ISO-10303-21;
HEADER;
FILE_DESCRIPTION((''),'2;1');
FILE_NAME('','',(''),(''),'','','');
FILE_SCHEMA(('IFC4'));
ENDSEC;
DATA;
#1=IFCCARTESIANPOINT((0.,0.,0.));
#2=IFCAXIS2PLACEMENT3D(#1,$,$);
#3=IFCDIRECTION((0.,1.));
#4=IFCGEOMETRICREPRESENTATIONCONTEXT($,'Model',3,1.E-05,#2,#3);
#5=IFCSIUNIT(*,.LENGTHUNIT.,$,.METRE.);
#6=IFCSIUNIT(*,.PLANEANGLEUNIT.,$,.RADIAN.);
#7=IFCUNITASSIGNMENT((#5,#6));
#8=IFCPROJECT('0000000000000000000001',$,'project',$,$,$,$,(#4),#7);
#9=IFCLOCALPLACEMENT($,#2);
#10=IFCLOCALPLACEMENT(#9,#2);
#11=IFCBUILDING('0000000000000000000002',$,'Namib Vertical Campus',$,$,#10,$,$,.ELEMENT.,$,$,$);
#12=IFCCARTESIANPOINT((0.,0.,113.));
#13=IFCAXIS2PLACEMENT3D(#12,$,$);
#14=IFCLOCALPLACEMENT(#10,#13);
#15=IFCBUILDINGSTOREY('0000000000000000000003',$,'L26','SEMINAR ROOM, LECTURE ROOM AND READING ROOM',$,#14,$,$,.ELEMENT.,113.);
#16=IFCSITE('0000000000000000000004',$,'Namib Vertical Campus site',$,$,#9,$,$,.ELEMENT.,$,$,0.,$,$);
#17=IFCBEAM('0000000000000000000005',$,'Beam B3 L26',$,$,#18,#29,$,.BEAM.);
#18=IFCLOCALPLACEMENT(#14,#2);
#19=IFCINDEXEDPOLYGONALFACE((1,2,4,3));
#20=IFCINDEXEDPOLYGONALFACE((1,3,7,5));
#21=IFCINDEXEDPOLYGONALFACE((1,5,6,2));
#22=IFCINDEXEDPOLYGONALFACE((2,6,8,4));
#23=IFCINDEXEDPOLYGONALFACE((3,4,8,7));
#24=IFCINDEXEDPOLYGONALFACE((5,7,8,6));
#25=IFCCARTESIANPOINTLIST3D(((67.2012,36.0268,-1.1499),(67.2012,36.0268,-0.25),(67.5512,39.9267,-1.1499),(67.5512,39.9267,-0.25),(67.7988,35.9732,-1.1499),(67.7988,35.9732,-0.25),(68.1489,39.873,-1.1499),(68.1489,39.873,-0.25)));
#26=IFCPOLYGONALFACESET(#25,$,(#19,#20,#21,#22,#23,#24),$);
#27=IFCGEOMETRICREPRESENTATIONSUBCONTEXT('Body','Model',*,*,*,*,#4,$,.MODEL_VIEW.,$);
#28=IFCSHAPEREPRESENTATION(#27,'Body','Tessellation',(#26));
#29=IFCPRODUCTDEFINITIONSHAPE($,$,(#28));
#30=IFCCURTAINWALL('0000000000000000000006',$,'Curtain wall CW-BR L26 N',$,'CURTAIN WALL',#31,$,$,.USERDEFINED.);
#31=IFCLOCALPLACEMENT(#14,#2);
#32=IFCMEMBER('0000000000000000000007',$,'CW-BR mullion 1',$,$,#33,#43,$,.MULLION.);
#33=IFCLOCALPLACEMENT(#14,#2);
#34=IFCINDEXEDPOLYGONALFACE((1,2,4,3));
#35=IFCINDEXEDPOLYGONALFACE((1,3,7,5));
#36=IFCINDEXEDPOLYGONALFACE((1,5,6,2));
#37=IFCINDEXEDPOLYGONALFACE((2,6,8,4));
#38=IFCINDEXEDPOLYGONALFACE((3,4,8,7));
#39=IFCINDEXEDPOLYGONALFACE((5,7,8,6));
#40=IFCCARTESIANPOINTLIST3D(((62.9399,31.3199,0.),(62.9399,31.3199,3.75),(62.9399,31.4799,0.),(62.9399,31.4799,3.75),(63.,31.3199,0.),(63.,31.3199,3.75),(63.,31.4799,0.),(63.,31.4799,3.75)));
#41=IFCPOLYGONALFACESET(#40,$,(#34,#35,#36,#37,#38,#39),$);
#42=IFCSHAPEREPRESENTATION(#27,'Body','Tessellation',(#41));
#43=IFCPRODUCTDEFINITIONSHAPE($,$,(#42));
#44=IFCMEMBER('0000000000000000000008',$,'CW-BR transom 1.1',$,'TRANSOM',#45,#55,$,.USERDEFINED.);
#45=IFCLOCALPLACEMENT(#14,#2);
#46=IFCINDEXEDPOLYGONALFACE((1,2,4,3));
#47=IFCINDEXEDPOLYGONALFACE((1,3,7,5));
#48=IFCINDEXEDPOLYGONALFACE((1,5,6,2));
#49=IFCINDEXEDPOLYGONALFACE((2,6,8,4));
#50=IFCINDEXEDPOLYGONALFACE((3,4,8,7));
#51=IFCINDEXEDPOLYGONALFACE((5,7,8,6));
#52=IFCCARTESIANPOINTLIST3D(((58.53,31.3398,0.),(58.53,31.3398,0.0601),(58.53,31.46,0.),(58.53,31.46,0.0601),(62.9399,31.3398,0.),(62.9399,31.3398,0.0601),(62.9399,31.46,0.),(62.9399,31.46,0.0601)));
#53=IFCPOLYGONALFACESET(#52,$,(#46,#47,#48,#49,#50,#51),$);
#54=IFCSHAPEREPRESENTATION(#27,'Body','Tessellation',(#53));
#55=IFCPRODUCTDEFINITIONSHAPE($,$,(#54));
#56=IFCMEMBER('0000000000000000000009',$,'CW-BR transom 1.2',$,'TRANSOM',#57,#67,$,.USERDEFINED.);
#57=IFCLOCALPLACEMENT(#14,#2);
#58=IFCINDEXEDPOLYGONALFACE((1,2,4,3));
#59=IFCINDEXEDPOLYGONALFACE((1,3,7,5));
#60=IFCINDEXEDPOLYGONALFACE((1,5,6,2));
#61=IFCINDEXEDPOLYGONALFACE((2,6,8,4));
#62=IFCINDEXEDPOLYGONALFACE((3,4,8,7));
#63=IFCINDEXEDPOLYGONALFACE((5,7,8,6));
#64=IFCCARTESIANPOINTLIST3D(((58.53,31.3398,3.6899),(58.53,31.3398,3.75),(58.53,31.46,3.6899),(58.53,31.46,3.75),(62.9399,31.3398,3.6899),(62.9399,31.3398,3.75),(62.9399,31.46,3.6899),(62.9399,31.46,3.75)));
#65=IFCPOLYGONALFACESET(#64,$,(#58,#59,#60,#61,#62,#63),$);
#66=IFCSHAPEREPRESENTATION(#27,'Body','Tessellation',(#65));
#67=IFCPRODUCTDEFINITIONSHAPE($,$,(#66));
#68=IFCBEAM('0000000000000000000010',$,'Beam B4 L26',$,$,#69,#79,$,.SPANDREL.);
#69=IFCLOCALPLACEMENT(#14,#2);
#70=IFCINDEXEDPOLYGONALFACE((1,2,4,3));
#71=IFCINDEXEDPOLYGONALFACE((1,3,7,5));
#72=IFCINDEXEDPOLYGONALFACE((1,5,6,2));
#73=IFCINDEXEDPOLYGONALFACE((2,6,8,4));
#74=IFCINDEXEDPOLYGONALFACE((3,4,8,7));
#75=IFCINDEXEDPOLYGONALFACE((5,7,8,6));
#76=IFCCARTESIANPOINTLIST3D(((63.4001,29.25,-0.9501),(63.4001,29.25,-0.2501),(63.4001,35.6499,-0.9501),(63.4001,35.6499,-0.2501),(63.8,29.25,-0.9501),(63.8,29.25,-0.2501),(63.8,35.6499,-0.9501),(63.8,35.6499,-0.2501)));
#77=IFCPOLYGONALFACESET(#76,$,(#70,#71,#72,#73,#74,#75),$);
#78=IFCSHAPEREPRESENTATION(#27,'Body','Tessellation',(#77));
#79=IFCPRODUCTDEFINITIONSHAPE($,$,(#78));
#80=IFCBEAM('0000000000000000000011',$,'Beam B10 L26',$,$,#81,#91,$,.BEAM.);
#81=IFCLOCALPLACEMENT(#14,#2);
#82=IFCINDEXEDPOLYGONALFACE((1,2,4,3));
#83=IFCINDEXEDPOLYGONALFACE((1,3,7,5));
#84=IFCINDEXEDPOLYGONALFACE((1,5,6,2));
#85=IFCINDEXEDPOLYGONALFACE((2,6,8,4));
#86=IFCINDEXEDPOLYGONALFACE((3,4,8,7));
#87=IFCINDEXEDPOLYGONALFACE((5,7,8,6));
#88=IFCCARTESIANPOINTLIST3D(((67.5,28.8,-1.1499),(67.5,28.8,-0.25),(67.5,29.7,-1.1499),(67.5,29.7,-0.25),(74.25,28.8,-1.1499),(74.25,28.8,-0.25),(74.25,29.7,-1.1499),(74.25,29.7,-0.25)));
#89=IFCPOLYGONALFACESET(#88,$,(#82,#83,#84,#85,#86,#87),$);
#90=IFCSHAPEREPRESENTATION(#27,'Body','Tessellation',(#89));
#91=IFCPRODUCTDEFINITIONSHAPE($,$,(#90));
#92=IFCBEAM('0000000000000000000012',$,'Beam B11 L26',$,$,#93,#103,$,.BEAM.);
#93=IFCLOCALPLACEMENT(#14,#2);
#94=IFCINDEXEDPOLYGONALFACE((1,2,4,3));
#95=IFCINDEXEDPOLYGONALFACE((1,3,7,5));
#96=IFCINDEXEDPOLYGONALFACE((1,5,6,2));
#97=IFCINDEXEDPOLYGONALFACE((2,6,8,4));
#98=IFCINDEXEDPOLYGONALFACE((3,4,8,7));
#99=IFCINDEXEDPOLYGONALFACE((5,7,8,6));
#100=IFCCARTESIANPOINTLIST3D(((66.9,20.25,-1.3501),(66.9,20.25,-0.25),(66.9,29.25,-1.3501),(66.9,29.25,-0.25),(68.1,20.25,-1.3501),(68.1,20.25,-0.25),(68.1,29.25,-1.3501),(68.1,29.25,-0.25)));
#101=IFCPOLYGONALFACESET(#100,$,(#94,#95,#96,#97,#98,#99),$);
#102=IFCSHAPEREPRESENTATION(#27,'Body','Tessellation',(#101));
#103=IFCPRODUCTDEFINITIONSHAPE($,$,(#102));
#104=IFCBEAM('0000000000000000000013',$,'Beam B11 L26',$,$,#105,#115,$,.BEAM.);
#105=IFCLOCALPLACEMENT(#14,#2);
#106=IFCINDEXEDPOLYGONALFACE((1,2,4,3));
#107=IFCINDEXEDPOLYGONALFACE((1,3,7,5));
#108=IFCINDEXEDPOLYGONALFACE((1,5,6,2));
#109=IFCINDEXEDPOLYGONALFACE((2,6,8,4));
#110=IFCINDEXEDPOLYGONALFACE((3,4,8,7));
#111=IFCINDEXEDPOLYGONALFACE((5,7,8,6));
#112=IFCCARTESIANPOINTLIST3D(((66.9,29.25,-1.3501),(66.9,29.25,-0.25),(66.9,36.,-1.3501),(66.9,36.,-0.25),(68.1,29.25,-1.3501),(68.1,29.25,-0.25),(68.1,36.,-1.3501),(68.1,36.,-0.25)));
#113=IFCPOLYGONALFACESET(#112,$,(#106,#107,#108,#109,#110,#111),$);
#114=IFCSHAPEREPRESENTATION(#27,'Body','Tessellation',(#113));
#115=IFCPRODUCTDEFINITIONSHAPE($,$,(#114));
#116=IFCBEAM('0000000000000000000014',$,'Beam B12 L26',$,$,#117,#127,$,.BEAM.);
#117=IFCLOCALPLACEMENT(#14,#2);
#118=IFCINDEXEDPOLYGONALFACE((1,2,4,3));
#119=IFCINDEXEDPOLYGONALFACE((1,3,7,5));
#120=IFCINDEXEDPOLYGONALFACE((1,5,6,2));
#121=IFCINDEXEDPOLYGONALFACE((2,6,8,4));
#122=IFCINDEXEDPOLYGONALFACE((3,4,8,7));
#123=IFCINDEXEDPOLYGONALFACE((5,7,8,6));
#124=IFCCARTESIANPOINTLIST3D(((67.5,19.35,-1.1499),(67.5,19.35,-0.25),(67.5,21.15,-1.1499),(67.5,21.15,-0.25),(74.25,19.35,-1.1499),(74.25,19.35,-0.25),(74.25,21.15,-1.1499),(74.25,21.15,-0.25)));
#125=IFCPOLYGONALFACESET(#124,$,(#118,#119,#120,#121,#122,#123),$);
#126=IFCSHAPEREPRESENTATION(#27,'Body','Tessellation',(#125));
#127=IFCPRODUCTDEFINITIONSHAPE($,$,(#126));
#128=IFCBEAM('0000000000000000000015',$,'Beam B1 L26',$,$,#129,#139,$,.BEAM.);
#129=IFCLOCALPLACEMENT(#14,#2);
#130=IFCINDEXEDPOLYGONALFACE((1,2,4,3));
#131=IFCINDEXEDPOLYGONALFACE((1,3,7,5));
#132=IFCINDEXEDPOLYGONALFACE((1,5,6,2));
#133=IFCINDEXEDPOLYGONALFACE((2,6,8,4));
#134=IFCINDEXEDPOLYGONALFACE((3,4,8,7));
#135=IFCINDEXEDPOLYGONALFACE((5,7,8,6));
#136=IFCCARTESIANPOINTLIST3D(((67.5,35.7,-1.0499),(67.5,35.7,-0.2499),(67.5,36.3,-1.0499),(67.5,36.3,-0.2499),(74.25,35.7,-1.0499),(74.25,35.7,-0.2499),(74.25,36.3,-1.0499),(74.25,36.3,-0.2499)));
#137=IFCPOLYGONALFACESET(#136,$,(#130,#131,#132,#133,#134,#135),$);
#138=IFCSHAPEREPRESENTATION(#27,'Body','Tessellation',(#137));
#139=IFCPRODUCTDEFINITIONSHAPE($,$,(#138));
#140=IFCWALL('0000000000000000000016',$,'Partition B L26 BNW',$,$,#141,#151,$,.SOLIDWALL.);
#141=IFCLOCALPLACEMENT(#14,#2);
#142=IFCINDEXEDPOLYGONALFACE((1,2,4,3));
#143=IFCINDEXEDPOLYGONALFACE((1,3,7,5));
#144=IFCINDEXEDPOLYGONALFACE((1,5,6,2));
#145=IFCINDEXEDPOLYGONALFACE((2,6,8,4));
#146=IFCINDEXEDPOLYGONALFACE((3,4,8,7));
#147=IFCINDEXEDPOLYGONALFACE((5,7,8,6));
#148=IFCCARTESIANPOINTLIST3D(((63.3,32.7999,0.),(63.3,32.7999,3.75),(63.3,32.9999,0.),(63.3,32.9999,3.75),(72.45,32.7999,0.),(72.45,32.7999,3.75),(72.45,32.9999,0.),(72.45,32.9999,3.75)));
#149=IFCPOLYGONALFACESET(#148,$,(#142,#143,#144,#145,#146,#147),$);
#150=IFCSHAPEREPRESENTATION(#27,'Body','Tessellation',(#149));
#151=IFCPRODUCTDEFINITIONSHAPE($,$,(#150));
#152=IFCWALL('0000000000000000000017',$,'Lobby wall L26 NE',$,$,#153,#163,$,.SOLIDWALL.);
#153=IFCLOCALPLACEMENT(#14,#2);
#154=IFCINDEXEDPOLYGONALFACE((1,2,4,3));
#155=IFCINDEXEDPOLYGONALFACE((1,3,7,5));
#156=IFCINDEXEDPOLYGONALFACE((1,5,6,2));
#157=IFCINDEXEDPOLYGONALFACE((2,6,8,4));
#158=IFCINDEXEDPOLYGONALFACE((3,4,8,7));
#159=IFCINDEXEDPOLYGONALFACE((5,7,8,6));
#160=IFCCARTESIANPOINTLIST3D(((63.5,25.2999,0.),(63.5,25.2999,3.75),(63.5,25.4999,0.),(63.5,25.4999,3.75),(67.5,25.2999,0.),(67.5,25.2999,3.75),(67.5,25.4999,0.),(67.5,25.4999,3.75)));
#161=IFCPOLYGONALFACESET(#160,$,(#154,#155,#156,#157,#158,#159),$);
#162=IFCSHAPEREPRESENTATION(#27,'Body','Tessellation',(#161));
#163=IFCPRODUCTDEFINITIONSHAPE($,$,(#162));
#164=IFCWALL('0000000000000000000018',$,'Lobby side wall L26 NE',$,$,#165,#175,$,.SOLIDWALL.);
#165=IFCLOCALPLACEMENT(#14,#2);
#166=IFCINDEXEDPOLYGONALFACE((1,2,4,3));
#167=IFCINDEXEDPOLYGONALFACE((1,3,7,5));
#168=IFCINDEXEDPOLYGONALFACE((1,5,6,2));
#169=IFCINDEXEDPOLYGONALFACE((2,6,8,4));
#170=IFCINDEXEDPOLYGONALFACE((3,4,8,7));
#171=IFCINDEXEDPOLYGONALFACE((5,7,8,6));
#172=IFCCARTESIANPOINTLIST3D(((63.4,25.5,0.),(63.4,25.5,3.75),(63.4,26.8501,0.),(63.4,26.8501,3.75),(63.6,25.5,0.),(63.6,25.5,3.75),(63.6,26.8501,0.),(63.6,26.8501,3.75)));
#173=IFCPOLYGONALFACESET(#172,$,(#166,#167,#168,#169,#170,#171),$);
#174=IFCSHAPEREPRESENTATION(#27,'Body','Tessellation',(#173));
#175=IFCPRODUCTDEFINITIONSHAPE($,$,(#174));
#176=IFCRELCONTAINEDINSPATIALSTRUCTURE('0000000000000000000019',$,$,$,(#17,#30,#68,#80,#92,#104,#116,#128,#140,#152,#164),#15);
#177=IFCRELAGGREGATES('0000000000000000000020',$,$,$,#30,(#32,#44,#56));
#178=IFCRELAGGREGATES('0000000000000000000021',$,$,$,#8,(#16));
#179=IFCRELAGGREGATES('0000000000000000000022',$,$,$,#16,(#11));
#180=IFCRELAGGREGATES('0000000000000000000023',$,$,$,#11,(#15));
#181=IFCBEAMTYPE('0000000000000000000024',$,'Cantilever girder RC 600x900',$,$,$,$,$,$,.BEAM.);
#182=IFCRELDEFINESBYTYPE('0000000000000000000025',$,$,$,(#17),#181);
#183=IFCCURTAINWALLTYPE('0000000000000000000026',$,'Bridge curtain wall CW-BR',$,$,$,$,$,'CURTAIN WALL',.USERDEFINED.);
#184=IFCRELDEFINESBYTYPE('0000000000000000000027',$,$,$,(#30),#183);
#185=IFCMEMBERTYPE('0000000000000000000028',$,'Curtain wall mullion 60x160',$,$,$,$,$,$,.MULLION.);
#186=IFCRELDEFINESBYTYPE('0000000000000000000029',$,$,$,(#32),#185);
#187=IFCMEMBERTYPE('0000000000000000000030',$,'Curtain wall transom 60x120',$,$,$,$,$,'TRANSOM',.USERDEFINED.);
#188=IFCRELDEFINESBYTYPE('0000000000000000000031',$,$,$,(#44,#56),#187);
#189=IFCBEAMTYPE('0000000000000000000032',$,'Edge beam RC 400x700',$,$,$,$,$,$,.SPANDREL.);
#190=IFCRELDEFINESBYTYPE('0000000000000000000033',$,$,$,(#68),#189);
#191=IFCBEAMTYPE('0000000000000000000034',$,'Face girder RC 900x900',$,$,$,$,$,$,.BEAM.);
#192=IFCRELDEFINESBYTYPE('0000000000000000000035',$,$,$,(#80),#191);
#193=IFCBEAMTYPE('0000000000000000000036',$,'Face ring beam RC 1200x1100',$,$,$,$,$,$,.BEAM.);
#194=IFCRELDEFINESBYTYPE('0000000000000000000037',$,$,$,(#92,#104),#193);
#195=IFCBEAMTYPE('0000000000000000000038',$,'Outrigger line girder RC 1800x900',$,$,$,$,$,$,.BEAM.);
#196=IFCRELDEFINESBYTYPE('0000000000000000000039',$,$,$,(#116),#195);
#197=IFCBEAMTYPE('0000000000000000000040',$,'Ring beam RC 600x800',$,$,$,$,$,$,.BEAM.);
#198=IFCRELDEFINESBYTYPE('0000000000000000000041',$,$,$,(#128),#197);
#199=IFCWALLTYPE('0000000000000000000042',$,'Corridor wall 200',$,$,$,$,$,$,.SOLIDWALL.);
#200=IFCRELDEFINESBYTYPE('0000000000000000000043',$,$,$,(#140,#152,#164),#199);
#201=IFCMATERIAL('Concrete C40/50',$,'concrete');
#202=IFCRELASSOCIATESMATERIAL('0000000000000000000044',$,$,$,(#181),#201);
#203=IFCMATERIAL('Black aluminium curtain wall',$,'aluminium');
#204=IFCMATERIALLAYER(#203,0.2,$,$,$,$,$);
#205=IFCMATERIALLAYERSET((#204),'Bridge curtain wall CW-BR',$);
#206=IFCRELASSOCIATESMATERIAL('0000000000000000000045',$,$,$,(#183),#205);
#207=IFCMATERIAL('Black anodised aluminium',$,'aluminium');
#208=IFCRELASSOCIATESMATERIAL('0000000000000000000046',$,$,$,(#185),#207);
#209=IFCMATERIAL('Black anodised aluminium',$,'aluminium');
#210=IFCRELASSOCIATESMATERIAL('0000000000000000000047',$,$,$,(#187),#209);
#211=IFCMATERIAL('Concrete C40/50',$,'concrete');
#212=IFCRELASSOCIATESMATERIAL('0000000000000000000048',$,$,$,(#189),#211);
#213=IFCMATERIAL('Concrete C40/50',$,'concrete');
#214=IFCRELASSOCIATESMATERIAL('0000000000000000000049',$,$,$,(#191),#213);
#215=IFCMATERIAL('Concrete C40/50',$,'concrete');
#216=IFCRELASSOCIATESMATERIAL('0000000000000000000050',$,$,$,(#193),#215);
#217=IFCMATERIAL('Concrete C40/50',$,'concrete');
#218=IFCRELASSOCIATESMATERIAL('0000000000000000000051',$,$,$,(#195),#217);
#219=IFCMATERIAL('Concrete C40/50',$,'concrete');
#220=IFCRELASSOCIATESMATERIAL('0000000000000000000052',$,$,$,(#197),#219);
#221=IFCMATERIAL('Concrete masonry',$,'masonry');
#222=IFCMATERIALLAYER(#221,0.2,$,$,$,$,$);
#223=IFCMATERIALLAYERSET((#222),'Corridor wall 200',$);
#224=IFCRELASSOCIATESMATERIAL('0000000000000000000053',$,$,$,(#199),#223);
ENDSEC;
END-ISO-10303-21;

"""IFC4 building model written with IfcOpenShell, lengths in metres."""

from ifc_helpers import new_model, si_unit, direction, frame, frame_2d, origin, origin_2d, place, context, subcontext, project, spatial, rectangle, extrude, material, layer, layer_set, material_profile, profile_set, type_object, element, aggregate, save


model = new_model("IFC4")

# Units and contexts
model_context = context("Model", 3, precision=1e-05, world=origin(), true_north=direction((0.0, 1.0)))
body_context = subcontext(model_context, "Body", "Model", "MODEL_VIEW")
ifc_project = project(units=[si_unit("LENGTHUNIT", "METRE"), si_unit("PLANEANGLEUNIT", "RADIAN")], contexts=[model_context])

# Site, building, storey
site_placement = place(None, origin())
site = spatial("IfcSite", under=ifc_project, at=site_placement, Name="Namib Vertical Campus site", CompositionType="ELEMENT", RefElevation=0.0)
building_placement = place(site_placement, origin())
building = spatial("IfcBuilding", under=site, at=building_placement, Name="Namib Vertical Campus", CompositionType="ELEMENT")
storey_placement = place(building_placement, frame((0.0, 0.0, 113.0)))
storey = spatial("IfcBuildingStorey", under=building, at=storey_placement, Name="L26", Description="SEMINAR ROOM, LECTURE ROOM AND READING ROOM", CompositionType="ELEMENT", Elevation=113.0)

# Beam
ifc_material_1 = material(Name="Concrete C40/50", Category="concrete")
ifc_material_profile_1 = material_profile(ifc_material_1, rectangle(XDim=0.6001, YDim=0.8999, at=origin_2d()))
ifc_profile_set_1 = profile_set([ifc_material_profile_1], Name="Concrete C40/50")
beam_type_1 = type_object("IfcBeamType", Name="Cantilever girder RC 600x900", PredefinedType="BEAM", material=ifc_profile_set_1)
beam_1_placement = place(storey_placement, frame((67.5, 36.0, -0.7), z_axis=(0.089411, 0.995995, 0.0), x_axis=(-0.995995, 0.089411, 0.0)))
element("IfcBeam", 1, at=beam_1_placement, inside=storey, type_object=beam_type_1, Name="Beam B3 L26", PredefinedType="BEAM", context=body_context, shape_type="SweptSolid", body=[
    extrude(rectangle(XDim=0.6001, YDim=0.8999, at=origin_2d()), origin(), (0.0, 0.0, 1.0), 3.9155),
])

# Curtain wall, members
ifc_material_2 = material(Name="Black aluminium curtain wall", Category="aluminium")
ifc_layer_1 = layer(ifc_material_2, 0.2)
ifc_layer_set_1 = layer_set([ifc_layer_1], Name="Bridge curtain wall CW-BR")
curtain_wall_type = type_object("IfcCurtainWallType", Name="Bridge curtain wall CW-BR", ElementType="CURTAIN WALL", PredefinedType="USERDEFINED", material=ifc_layer_set_1)
curtain_wall_placement = place(storey_placement, origin())
curtain_wall = element("IfcCurtainWall", 2, at=curtain_wall_placement, inside=storey, type_object=curtain_wall_type, Name="Curtain wall CW-BR L26 N", ObjectType="CURTAIN WALL", PredefinedType="USERDEFINED")
ifc_material_3 = material(Name="Black anodised aluminium", Category="aluminium")
ifc_material_profile_2 = material_profile(ifc_material_3, rectangle(XDim=0.0601, YDim=0.1599, at=origin_2d()))
ifc_profile_set_2 = profile_set([ifc_material_profile_2], Name="Black anodised aluminium")
member_type_1 = type_object("IfcMemberType", Name="Curtain wall mullion 60x160", PredefinedType="MULLION", material=ifc_profile_set_2)
member_1_placement = place(storey_placement, frame((62.97, 31.3999, 0.0), z_axis=(0.0, 0.0, 1.0), x_axis=(-1.0, 0.0, 0.0)))
member_1 = element("IfcMember", 3, at=member_1_placement, type_object=member_type_1, Name="CW-BR mullion 1", PredefinedType="MULLION", context=body_context, shape_type="SweptSolid", body=[
    extrude(rectangle(XDim=0.0601, YDim=0.1599, at=origin_2d()), origin(), (0.0, 0.0, 1.0), 3.75),
])
ifc_material_4 = material(Name="Black anodised aluminium", Category="aluminium")
ifc_material_profile_3 = material_profile(ifc_material_4, rectangle(XDim=0.0601, YDim=0.1201, at=origin_2d()))
ifc_profile_set_3 = profile_set([ifc_material_profile_3], Name="Black anodised aluminium")
member_type_2 = type_object("IfcMemberType", Name="Curtain wall transom 60x120", ElementType="TRANSOM", PredefinedType="USERDEFINED", material=ifc_profile_set_3)
member_2_placement = place(storey_placement, frame((62.9399, 31.3999, 0.03), z_axis=(-1.0, 0.0, 0.0), x_axis=(0.0, 0.0, 1.0)))
member_2 = element("IfcMember", 4, at=member_2_placement, type_object=member_type_2, Name="CW-BR transom 1.1", ObjectType="TRANSOM", PredefinedType="USERDEFINED", context=body_context, shape_type="SweptSolid", body=[
    extrude(rectangle(XDim=0.0601, YDim=0.1201, at=origin_2d()), origin(), (0.0, 0.0, 1.0), 4.4099),
])
member_3_placement = place(storey_placement, frame((62.9399, 31.3999, 3.72), z_axis=(-1.0, 0.0, 0.0), x_axis=(0.0, 0.0, 1.0)))
member_3 = element("IfcMember", 5, at=member_3_placement, type_object=member_type_2, Name="CW-BR transom 1.2", ObjectType="TRANSOM", PredefinedType="USERDEFINED", context=body_context, shape_type="SweptSolid", body=[
    extrude(rectangle(XDim=0.0601, YDim=0.1201, at=origin_2d()), origin(), (0.0, 0.0, 1.0), 4.4099),
])
aggregate(curtain_wall, [member_1, member_2, member_3])

# Beams
ifc_material_5 = material(Name="Concrete C40/50", Category="concrete")
ifc_material_profile_4 = material_profile(ifc_material_5, rectangle(XDim=0.3999, YDim=0.7, at=origin_2d()))
ifc_profile_set_4 = profile_set([ifc_material_profile_4], Name="Concrete C40/50")
beam_type_2 = type_object("IfcBeamType", Name="Edge beam RC 400x700", PredefinedType="SPANDREL", material=ifc_profile_set_4)
beam_2_placement = place(storey_placement, frame((63.6001, 29.25, -0.6001), z_axis=(0.0, 1.0, 0.0), x_axis=(-1.0, 0.0, 0.0)))
element("IfcBeam", 6, at=beam_2_placement, inside=storey, type_object=beam_type_2, Name="Beam B4 L26", PredefinedType="SPANDREL", context=body_context, shape_type="SweptSolid", body=[
    extrude(rectangle(XDim=0.3999, YDim=0.7, at=origin_2d()), origin(), (0.0, 0.0, 1.0), 6.3999),
])
ifc_material_6 = material(Name="Concrete C40/50", Category="concrete")
ifc_material_profile_5 = material_profile(ifc_material_6, rectangle(XDim=0.8999, YDim=0.8999, at=origin_2d()))
ifc_profile_set_5 = profile_set([ifc_material_profile_5], Name="Concrete C40/50")
beam_type_3 = type_object("IfcBeamType", Name="Face girder RC 900x900", PredefinedType="BEAM", material=ifc_profile_set_5)
beam_3_placement = place(storey_placement, frame((67.5, 29.25, -0.7), z_axis=(1.0, 0.0, 0.0), x_axis=(0.0, 1.0, 0.0)))
element("IfcBeam", 7, at=beam_3_placement, inside=storey, type_object=beam_type_3, Name="Beam B10 L26", PredefinedType="BEAM", context=body_context, shape_type="SweptSolid", body=[
    extrude(rectangle(XDim=0.8999, YDim=0.8999, at=origin_2d()), origin(), (0.0, 0.0, 1.0), 6.75),
])
ifc_material_7 = material(Name="Concrete C40/50", Category="concrete")
ifc_material_profile_6 = material_profile(ifc_material_7, rectangle(XDim=1.2, YDim=1.1001, at=origin_2d()))
ifc_profile_set_6 = profile_set([ifc_material_profile_6], Name="Concrete C40/50")
beam_type_4 = type_object("IfcBeamType", Name="Face ring beam RC 1200x1100", PredefinedType="BEAM", material=ifc_profile_set_6)
beam_4_placement = place(storey_placement, frame((67.5, 20.25, -0.8), z_axis=(0.0, 1.0, 0.0), x_axis=(-1.0, 0.0, 0.0)))
element("IfcBeam", 8, at=beam_4_placement, inside=storey, type_object=beam_type_4, Name="Beam B11 L26", PredefinedType="BEAM", context=body_context, shape_type="SweptSolid", body=[
    extrude(rectangle(XDim=1.2, YDim=1.1001, at=origin_2d()), origin(), (0.0, 0.0, 1.0), 9.0),
])
beam_5_placement = place(storey_placement, frame((67.5, 29.25, -0.8), z_axis=(0.0, 1.0, 0.0), x_axis=(-1.0, 0.0, 0.0)))
element("IfcBeam", 9, at=beam_5_placement, inside=storey, type_object=beam_type_4, Name="Beam B11 L26", PredefinedType="BEAM", context=body_context, shape_type="SweptSolid", body=[
    extrude(rectangle(XDim=1.2, YDim=1.1001, at=origin_2d()), origin(), (0.0, 0.0, 1.0), 6.75),
])
ifc_material_8 = material(Name="Concrete C40/50", Category="concrete")
ifc_material_profile_7 = material_profile(ifc_material_8, rectangle(XDim=1.8, YDim=0.8999, at=origin_2d()))
ifc_profile_set_7 = profile_set([ifc_material_profile_7], Name="Concrete C40/50")
beam_type_5 = type_object("IfcBeamType", Name="Outrigger line girder RC 1800x900", PredefinedType="BEAM", material=ifc_profile_set_7)
beam_6_placement = place(storey_placement, frame((67.5, 20.25, -0.7), z_axis=(1.0, 0.0, 0.0), x_axis=(0.0, 1.0, 0.0)))
element("IfcBeam", 10, at=beam_6_placement, inside=storey, type_object=beam_type_5, Name="Beam B12 L26", PredefinedType="BEAM", context=body_context, shape_type="SweptSolid", body=[
    extrude(rectangle(XDim=1.8, YDim=0.8999, at=origin_2d()), origin(), (0.0, 0.0, 1.0), 6.75),
])
ifc_material_9 = material(Name="Concrete C40/50", Category="concrete")
ifc_material_profile_8 = material_profile(ifc_material_9, rectangle(XDim=0.6001, YDim=0.8, at=origin_2d()))
ifc_profile_set_8 = profile_set([ifc_material_profile_8], Name="Concrete C40/50")
beam_type_6 = type_object("IfcBeamType", Name="Ring beam RC 600x800", PredefinedType="BEAM", material=ifc_profile_set_8)
beam_7_placement = place(storey_placement, frame((67.5, 36.0, -0.6499), z_axis=(1.0, 0.0, 0.0), x_axis=(0.0, 1.0, 0.0)))
element("IfcBeam", 11, at=beam_7_placement, inside=storey, type_object=beam_type_6, Name="Beam B1 L26", PredefinedType="BEAM", context=body_context, shape_type="SweptSolid", body=[
    extrude(rectangle(XDim=0.6001, YDim=0.8, at=origin_2d()), origin(), (0.0, 0.0, 1.0), 6.75),
])

# Walls
ifc_material_10 = material(Name="Concrete masonry", Category="masonry")
ifc_layer_2 = layer(ifc_material_10, 0.2)
ifc_layer_set_2 = layer_set([ifc_layer_2], Name="Corridor wall 200")
wall_type_1 = type_object("IfcWallType", Name="Corridor wall 200", PredefinedType="SOLIDWALL", material=ifc_layer_set_2)
wall_1_placement = place(storey_placement, frame((63.3, 32.8999, 0.0), z_axis=(0.0, 0.0, 1.0), x_axis=(1.0, 0.0, 0.0)))
element("IfcWall", 12, at=wall_1_placement, inside=storey, type_object=wall_type_1, Name="Partition B L26 BNW", PredefinedType="SOLIDWALL", context=body_context, shape_type="SweptSolid", body=[
    extrude(rectangle(XDim=9.1499, YDim=0.2, at=frame_2d((4.575, 0.0))), origin(), (0.0, 0.0, 1.0), 3.75),
])
wall_2_placement = place(storey_placement, frame((63.5, 25.3999, 0.0), z_axis=(0.0, 0.0, 1.0), x_axis=(1.0, 0.0, 0.0)))
element("IfcWall", 13, at=wall_2_placement, inside=storey, type_object=wall_type_1, Name="Lobby wall L26 NE", PredefinedType="SOLIDWALL", context=body_context, shape_type="SweptSolid", body=[
    extrude(rectangle(XDim=4.0, YDim=0.2, at=frame_2d((2.0, 0.0))), origin(), (0.0, 0.0, 1.0), 3.75),
])
wall_3_placement = place(storey_placement, frame((63.5, 26.8501, 0.0), z_axis=(0.0, 0.0, 1.0), x_axis=(0.0, -1.0, 0.0)))
element("IfcWall", 14, at=wall_3_placement, inside=storey, type_object=wall_type_1, Name="Lobby side wall L26 NE", PredefinedType="SOLIDWALL", context=body_context, shape_type="SweptSolid", body=[
    extrude(rectangle(XDim=1.3501, YDim=0.2, at=frame_2d((0.675, 0.0))), origin(), (0.0, 0.0, 1.0), 3.75),
])

save(model, "model.ifc")
